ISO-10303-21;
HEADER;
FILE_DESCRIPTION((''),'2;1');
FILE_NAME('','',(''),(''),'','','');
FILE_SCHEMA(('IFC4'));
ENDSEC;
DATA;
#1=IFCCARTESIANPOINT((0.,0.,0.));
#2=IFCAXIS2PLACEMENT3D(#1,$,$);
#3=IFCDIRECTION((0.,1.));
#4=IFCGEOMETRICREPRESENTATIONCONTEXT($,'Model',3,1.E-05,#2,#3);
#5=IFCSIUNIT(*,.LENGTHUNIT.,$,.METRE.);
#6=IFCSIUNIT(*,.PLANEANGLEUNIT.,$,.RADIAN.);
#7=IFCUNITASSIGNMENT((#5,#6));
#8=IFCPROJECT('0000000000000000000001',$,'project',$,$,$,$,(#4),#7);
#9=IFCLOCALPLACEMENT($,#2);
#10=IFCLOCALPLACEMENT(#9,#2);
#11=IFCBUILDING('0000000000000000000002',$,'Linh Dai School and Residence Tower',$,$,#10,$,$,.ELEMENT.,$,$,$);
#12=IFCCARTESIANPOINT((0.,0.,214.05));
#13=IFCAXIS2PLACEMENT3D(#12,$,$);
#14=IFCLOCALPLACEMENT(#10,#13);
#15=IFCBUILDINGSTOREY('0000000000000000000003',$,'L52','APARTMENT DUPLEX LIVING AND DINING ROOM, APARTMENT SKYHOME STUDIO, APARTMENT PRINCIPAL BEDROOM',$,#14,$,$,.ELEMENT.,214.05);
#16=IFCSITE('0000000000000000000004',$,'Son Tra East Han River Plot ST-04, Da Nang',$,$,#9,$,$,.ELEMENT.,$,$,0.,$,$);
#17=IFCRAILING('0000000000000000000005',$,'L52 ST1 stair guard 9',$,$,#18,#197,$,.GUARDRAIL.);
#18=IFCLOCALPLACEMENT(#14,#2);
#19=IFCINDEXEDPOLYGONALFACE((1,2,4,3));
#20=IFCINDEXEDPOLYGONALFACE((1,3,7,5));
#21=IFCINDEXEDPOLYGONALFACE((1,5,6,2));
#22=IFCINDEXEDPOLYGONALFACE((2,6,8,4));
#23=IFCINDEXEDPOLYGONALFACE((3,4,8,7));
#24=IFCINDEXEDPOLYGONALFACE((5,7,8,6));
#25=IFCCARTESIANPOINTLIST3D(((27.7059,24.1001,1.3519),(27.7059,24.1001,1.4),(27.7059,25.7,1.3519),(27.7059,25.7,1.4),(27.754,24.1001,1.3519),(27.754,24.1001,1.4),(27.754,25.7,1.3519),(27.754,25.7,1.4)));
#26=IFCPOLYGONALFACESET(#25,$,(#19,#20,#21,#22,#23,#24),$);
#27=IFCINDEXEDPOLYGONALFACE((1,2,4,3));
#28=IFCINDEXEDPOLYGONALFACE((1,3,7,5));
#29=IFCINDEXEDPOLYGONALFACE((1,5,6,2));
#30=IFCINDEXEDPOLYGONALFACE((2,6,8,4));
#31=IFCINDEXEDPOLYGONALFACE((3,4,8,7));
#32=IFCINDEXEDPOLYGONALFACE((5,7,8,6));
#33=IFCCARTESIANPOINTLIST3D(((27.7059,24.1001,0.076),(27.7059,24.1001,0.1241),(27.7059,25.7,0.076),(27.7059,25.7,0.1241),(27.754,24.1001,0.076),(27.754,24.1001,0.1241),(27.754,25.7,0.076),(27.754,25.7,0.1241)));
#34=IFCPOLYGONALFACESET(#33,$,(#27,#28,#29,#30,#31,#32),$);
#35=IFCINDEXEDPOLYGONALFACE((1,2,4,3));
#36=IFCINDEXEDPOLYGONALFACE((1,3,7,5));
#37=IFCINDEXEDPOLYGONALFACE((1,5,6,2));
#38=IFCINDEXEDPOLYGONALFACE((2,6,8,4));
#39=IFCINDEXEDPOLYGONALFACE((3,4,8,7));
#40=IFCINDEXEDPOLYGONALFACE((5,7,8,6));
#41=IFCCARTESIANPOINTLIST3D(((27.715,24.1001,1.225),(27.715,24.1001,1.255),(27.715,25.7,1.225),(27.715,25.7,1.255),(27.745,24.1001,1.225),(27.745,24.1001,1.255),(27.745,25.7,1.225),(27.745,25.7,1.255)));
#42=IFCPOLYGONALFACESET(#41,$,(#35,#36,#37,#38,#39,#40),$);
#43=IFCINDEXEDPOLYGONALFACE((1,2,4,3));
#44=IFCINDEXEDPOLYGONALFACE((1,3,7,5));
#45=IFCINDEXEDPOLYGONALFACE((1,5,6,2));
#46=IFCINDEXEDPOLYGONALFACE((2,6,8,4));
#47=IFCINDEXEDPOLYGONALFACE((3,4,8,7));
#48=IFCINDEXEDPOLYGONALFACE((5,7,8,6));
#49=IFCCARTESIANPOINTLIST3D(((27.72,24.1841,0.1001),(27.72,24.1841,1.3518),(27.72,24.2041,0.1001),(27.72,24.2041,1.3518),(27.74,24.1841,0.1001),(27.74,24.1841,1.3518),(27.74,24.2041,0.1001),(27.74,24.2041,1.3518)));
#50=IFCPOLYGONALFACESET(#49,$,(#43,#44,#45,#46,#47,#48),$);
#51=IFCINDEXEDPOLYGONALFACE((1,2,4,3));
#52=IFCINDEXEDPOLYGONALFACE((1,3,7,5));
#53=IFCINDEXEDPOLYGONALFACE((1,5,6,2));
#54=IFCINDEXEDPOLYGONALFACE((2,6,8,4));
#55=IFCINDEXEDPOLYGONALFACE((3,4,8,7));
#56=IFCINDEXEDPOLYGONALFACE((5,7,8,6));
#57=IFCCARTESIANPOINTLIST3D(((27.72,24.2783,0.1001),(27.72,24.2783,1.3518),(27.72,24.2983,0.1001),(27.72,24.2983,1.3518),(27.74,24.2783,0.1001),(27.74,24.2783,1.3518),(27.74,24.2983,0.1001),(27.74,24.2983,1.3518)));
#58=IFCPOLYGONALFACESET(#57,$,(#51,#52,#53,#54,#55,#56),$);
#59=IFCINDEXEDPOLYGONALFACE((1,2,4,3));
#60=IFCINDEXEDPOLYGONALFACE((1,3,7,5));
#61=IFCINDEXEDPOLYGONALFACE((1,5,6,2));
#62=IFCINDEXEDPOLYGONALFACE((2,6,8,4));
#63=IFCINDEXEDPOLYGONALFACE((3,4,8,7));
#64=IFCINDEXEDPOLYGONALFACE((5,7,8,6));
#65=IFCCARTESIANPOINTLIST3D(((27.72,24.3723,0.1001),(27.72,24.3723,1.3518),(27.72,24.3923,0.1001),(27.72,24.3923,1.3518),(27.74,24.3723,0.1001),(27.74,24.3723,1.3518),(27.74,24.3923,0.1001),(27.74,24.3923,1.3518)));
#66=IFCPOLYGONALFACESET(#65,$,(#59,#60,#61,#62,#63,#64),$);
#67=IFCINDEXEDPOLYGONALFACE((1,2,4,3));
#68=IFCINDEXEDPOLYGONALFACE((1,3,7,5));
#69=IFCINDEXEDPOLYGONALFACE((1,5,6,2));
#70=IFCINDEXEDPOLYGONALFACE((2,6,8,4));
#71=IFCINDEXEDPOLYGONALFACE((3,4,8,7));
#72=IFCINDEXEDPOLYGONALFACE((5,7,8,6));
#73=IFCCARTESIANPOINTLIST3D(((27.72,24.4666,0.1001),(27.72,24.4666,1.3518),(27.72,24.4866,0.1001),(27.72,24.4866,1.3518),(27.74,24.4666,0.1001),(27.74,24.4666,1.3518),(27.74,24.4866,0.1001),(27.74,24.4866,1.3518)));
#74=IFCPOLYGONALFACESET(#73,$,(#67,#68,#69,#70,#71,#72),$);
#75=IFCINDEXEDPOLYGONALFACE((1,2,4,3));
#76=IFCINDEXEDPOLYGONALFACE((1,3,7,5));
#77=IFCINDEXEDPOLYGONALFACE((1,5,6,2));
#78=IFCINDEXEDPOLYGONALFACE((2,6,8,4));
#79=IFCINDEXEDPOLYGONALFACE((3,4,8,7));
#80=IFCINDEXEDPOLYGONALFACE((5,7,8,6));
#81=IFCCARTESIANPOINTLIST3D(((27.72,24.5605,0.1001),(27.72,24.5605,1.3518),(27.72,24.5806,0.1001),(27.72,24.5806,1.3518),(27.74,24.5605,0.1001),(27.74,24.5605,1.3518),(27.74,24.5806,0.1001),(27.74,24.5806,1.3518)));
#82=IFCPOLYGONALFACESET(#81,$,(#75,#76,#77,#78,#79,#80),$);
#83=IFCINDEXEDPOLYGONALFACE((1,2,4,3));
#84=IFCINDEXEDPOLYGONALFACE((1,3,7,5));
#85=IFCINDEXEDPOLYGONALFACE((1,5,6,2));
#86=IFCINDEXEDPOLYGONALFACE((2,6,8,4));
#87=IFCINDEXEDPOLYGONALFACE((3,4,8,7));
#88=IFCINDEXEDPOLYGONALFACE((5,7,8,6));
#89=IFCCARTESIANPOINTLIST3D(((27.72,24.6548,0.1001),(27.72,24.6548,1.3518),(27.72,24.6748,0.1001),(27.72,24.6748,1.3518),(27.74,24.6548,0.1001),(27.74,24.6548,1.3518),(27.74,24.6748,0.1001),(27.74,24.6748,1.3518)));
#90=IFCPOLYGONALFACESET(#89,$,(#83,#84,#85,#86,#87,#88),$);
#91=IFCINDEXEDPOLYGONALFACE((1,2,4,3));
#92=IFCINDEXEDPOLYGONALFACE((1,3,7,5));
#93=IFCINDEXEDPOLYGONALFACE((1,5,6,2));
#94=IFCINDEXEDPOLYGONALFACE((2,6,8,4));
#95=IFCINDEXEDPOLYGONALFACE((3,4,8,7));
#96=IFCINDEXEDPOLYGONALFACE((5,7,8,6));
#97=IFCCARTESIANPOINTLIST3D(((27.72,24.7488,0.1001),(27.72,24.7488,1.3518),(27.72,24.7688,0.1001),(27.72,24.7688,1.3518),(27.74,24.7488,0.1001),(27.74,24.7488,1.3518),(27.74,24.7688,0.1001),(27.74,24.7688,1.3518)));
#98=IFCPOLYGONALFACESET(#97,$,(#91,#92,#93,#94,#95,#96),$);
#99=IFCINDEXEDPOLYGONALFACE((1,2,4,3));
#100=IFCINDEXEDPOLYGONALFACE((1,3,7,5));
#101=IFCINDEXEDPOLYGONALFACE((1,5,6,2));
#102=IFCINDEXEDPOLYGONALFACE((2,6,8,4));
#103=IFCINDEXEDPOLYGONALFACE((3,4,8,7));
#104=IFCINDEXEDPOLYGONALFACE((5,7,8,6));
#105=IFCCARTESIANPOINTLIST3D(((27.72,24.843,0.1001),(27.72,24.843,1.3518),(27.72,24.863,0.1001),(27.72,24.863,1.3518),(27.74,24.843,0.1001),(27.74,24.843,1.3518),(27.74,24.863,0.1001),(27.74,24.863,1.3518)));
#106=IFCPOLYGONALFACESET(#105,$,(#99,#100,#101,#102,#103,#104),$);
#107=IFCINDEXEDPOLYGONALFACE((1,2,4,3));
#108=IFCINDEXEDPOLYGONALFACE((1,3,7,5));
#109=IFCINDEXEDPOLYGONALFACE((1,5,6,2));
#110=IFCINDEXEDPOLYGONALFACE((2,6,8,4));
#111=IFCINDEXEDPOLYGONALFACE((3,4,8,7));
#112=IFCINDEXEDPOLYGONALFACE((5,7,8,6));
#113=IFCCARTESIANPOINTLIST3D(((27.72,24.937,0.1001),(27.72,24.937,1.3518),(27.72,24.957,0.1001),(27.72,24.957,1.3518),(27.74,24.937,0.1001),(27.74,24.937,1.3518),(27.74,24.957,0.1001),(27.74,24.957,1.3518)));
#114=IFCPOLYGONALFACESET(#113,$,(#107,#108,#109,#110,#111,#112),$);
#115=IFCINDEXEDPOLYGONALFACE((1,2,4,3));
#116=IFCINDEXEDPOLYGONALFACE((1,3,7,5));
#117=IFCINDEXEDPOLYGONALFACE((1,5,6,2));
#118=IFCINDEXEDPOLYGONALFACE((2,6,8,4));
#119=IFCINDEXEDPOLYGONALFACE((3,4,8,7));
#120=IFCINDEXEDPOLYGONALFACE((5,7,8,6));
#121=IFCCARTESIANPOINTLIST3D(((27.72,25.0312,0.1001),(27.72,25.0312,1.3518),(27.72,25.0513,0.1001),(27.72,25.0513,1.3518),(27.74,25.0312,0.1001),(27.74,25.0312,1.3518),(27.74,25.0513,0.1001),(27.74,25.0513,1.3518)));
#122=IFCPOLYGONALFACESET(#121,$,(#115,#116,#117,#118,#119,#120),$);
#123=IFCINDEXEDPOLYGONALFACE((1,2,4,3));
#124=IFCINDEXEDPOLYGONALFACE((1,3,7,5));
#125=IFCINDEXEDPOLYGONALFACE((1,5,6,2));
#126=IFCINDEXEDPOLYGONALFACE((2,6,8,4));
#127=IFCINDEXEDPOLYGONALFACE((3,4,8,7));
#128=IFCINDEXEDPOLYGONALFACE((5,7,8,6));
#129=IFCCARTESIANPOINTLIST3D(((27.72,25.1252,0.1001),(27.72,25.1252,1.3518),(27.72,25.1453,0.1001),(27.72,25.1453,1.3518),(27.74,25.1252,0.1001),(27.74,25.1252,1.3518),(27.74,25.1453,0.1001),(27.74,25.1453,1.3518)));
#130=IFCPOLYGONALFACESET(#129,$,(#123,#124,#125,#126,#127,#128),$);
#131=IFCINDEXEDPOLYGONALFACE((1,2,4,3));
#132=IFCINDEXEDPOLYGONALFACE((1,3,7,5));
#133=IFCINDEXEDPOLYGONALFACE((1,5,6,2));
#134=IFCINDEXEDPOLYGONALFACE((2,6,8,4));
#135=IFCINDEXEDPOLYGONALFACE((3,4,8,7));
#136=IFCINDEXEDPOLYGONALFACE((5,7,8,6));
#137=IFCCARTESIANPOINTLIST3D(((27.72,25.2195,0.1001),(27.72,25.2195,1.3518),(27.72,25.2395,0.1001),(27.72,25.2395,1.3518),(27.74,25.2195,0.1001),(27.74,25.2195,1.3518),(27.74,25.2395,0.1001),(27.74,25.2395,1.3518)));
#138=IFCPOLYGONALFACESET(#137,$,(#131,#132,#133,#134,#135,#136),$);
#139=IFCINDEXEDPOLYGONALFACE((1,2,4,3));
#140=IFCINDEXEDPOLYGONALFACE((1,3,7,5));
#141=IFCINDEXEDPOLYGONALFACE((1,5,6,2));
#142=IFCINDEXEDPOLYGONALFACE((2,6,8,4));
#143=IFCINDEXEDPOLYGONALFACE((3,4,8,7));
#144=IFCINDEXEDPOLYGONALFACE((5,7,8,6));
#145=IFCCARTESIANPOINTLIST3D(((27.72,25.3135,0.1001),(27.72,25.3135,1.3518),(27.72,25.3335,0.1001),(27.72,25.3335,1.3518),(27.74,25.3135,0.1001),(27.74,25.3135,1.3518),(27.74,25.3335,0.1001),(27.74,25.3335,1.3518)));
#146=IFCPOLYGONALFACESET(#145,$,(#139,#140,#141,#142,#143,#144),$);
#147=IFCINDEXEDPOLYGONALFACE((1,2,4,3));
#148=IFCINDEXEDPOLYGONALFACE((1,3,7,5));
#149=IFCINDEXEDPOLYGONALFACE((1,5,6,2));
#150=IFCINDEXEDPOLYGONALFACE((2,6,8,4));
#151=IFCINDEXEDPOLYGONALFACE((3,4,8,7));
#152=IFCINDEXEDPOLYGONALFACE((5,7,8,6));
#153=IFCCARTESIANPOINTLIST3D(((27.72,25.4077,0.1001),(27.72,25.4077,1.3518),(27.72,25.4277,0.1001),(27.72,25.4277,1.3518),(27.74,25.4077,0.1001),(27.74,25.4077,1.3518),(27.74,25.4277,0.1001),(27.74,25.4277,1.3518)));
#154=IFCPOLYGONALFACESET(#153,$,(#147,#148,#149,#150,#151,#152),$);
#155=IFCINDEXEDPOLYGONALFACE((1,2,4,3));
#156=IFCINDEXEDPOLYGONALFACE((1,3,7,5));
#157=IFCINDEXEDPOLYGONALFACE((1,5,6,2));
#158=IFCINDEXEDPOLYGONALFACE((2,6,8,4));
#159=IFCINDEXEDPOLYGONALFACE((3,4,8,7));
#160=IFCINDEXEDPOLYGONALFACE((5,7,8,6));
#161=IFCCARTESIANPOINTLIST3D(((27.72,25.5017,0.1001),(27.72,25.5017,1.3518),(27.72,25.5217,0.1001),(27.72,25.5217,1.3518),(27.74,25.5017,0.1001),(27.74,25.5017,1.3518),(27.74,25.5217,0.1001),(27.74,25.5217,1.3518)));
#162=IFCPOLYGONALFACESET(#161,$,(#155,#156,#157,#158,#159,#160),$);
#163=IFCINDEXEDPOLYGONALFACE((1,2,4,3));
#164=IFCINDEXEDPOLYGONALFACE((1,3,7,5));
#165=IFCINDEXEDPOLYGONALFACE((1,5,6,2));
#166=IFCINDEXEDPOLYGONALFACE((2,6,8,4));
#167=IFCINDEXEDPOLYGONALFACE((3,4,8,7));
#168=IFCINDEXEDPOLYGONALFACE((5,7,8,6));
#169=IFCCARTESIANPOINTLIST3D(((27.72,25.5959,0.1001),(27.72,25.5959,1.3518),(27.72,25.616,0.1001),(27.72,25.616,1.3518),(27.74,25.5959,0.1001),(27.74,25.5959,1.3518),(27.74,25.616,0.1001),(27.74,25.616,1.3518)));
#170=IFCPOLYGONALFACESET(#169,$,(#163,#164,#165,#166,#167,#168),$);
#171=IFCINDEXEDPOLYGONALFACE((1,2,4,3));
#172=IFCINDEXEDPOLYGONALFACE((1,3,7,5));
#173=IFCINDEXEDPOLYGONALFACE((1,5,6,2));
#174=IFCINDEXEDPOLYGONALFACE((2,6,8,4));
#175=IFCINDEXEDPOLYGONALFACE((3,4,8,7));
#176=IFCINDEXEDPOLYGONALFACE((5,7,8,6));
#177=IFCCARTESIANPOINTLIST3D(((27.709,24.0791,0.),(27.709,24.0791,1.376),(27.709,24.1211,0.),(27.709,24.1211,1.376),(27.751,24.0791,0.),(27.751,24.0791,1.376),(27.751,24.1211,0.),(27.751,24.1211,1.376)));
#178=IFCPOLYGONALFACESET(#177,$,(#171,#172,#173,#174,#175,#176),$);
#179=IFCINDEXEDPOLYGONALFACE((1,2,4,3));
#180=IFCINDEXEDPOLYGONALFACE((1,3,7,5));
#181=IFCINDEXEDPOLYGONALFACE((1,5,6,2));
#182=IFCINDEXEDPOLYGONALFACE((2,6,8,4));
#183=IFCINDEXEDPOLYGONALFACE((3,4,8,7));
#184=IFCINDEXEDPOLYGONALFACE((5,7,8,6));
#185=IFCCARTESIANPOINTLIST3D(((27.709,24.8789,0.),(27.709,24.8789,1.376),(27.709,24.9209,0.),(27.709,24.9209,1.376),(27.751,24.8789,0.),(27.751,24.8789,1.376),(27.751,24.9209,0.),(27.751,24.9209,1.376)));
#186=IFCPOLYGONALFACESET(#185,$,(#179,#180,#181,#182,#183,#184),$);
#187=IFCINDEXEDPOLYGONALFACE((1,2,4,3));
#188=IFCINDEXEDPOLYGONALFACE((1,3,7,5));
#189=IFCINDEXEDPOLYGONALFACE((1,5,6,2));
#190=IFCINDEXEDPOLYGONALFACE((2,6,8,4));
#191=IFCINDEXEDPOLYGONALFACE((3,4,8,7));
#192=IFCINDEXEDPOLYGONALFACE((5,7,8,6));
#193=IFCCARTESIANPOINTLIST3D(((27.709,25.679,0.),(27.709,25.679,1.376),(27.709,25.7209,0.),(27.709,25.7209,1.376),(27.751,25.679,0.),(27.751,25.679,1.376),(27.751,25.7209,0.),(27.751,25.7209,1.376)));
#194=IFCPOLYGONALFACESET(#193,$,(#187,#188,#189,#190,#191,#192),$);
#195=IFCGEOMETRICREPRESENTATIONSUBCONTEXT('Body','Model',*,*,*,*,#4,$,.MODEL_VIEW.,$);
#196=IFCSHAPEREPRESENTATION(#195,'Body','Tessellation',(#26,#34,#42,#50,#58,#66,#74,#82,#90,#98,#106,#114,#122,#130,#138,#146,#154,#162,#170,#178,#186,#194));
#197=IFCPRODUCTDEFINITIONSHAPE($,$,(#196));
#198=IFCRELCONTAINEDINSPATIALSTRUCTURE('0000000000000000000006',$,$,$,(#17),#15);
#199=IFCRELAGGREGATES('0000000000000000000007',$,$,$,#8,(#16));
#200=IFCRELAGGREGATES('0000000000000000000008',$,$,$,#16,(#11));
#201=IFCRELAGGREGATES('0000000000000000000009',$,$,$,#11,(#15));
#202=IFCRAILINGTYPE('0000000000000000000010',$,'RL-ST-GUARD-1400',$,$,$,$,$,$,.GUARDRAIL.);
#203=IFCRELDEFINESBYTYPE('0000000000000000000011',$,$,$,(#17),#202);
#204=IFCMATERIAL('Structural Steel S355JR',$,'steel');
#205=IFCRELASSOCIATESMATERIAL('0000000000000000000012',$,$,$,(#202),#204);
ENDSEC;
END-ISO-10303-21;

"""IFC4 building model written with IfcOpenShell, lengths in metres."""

from ifc_helpers import new_model, si_unit, direction, frame, origin, origin_2d, place, context, subcontext, project, spatial, rectangle, extrude, source, transform, mapped, material, type_object, element, save


model = new_model("IFC4")

# Units and contexts
model_context = context("Model", 3, precision=1e-05, world=origin(), true_north=direction((0.0, 1.0)))
body_context = subcontext(model_context, "Body", "Model", "MODEL_VIEW")
ifc_project = project(units=[si_unit("LENGTHUNIT", "METRE"), si_unit("PLANEANGLEUNIT", "RADIAN")], contexts=[model_context])

# Site, building, storey
site_placement = place(None, origin())
site = spatial("IfcSite", under=ifc_project, at=site_placement, Name="Son Tra East Han River Plot ST-04, Da Nang", CompositionType="ELEMENT", RefElevation=0.0)
building_placement = place(site_placement, origin())
building = spatial("IfcBuilding", under=site, at=building_placement, Name="Linh Dai School and Residence Tower", CompositionType="ELEMENT")
storey_placement = place(building_placement, frame((0.0, 0.0, 214.05)))
storey = spatial("IfcBuildingStorey", under=building, at=storey_placement, Name="L52", Description="APARTMENT DUPLEX LIVING AND DINING ROOM, APARTMENT SKYHOME STUDIO, APARTMENT PRINCIPAL BEDROOM", CompositionType="ELEMENT", Elevation=214.05)

# Shared definitions
ifc_material_1 = material(Name="Structural Steel S355JR", Category="steel")

# Railing
railing_type = type_object("IfcRailingType", Name="RL-ST-GUARD-1400", PredefinedType="GUARDRAIL", material=ifc_material_1)
shared_shape_1 = source(origin(), body_context, "Body", "SweptSolid", [
    extrude(rectangle(XDim=0.0481, YDim=0.0481, at=origin_2d()), frame((0.0, 0.0, 1.376), z_axis=(0.0, 1.0, 0.0), x_axis=(-1.0, 0.0, 0.0)), (0.0, 0.0, 1.0), 1.5999),
    extrude(rectangle(XDim=0.0481, YDim=0.0481, at=origin_2d()), frame((0.0, 0.0, 0.1001), z_axis=(0.0, 1.0, 0.0), x_axis=(-1.0, 0.0, 0.0)), (0.0, 0.0, 1.0), 1.5999),
    extrude(rectangle(XDim=0.03, YDim=0.03, at=origin_2d()), frame((0.0, 0.0, 1.24), z_axis=(0.0, 1.0, 0.0), x_axis=(-1.0, 0.0, 0.0)), (0.0, 0.0, 1.0), 1.5999),
    extrude(rectangle(XDim=0.02, YDim=0.02, at=origin_2d()), frame((0.0, 0.094, 0.1001)), (0.0, 0.0, 1.0), 1.2517),
    extrude(rectangle(XDim=0.02, YDim=0.02, at=origin_2d()), frame((0.0, 0.1882, 0.1001)), (0.0, 0.0, 1.0), 1.2517),
    extrude(rectangle(XDim=0.02, YDim=0.02, at=origin_2d()), frame((0.0, 0.2822, 0.1001)), (0.0, 0.0, 1.0), 1.2517),
    extrude(rectangle(XDim=0.02, YDim=0.02, at=origin_2d()), frame((0.0, 0.3765, 0.1001)), (0.0, 0.0, 1.0), 1.2517),
    extrude(rectangle(XDim=0.02, YDim=0.02, at=origin_2d()), frame((0.0, 0.4705, 0.1001)), (0.0, 0.0, 1.0), 1.2517),
    extrude(rectangle(XDim=0.02, YDim=0.02, at=origin_2d()), frame((0.0, 0.5647, 0.1001)), (0.0, 0.0, 1.0), 1.2517),
    extrude(rectangle(XDim=0.02, YDim=0.02, at=origin_2d()), frame((0.0, 0.6587, 0.1001)), (0.0, 0.0, 1.0), 1.2517),
    extrude(rectangle(XDim=0.02, YDim=0.02, at=origin_2d()), frame((0.0, 0.7529, 0.1001)), (0.0, 0.0, 1.0), 1.2517),
    extrude(rectangle(XDim=0.02, YDim=0.02, at=origin_2d()), frame((0.0, 0.8469, 0.1001)), (0.0, 0.0, 1.0), 1.2517),
    extrude(rectangle(XDim=0.02, YDim=0.02, at=origin_2d()), frame((0.0, 0.9412, 0.1001)), (0.0, 0.0, 1.0), 1.2517),
    extrude(rectangle(XDim=0.02, YDim=0.02, at=origin_2d()), frame((0.0, 1.0352, 0.1001)), (0.0, 0.0, 1.0), 1.2517),
    extrude(rectangle(XDim=0.02, YDim=0.02, at=origin_2d()), frame((0.0, 1.1294, 0.1001)), (0.0, 0.0, 1.0), 1.2517),
    extrude(rectangle(XDim=0.02, YDim=0.02, at=origin_2d()), frame((0.0, 1.2234, 0.1001)), (0.0, 0.0, 1.0), 1.2517),
    extrude(rectangle(XDim=0.02, YDim=0.02, at=origin_2d()), frame((0.0, 1.3176, 0.1001)), (0.0, 0.0, 1.0), 1.2517),
    extrude(rectangle(XDim=0.02, YDim=0.02, at=origin_2d()), frame((0.0, 1.4116, 0.1001)), (0.0, 0.0, 1.0), 1.2517),
    extrude(rectangle(XDim=0.02, YDim=0.02, at=origin_2d()), frame((0.0, 1.5059, 0.1001)), (0.0, 0.0, 1.0), 1.2517),
    extrude(rectangle(XDim=0.042, YDim=0.042, at=origin_2d()), origin(), (0.0, 0.0, 1.0), 1.376),
    extrude(rectangle(XDim=0.042, YDim=0.042, at=origin_2d()), frame((0.0, 0.7998, 0.0)), (0.0, 0.0, 1.0), 1.376),
    extrude(rectangle(XDim=0.042, YDim=0.042, at=origin_2d()), frame((0.0, 1.5999, 0.0)), (0.0, 0.0, 1.0), 1.376),
])
for number, where, name in (
    (1, (27.73, 24.1001, 0.0), "L52 ST1 stair guard 9"),
):
    element("IfcRailing", number, at=place(storey_placement, frame(where)), inside=storey, type_object=railing_type, Name=name, PredefinedType="GUARDRAIL", context=body_context, shape_type="MappedRepresentation", body=[
        mapped(shared_shape_1, transform((0.0, 0.0, 0.0), x_axis=(1.0, 0.0, 0.0), y_axis=(0.0, 1.0, 0.0), z_axis=(0.0, 0.0, 1.0), scale=1.0)),
    ])

save(model, "model.ifc")
